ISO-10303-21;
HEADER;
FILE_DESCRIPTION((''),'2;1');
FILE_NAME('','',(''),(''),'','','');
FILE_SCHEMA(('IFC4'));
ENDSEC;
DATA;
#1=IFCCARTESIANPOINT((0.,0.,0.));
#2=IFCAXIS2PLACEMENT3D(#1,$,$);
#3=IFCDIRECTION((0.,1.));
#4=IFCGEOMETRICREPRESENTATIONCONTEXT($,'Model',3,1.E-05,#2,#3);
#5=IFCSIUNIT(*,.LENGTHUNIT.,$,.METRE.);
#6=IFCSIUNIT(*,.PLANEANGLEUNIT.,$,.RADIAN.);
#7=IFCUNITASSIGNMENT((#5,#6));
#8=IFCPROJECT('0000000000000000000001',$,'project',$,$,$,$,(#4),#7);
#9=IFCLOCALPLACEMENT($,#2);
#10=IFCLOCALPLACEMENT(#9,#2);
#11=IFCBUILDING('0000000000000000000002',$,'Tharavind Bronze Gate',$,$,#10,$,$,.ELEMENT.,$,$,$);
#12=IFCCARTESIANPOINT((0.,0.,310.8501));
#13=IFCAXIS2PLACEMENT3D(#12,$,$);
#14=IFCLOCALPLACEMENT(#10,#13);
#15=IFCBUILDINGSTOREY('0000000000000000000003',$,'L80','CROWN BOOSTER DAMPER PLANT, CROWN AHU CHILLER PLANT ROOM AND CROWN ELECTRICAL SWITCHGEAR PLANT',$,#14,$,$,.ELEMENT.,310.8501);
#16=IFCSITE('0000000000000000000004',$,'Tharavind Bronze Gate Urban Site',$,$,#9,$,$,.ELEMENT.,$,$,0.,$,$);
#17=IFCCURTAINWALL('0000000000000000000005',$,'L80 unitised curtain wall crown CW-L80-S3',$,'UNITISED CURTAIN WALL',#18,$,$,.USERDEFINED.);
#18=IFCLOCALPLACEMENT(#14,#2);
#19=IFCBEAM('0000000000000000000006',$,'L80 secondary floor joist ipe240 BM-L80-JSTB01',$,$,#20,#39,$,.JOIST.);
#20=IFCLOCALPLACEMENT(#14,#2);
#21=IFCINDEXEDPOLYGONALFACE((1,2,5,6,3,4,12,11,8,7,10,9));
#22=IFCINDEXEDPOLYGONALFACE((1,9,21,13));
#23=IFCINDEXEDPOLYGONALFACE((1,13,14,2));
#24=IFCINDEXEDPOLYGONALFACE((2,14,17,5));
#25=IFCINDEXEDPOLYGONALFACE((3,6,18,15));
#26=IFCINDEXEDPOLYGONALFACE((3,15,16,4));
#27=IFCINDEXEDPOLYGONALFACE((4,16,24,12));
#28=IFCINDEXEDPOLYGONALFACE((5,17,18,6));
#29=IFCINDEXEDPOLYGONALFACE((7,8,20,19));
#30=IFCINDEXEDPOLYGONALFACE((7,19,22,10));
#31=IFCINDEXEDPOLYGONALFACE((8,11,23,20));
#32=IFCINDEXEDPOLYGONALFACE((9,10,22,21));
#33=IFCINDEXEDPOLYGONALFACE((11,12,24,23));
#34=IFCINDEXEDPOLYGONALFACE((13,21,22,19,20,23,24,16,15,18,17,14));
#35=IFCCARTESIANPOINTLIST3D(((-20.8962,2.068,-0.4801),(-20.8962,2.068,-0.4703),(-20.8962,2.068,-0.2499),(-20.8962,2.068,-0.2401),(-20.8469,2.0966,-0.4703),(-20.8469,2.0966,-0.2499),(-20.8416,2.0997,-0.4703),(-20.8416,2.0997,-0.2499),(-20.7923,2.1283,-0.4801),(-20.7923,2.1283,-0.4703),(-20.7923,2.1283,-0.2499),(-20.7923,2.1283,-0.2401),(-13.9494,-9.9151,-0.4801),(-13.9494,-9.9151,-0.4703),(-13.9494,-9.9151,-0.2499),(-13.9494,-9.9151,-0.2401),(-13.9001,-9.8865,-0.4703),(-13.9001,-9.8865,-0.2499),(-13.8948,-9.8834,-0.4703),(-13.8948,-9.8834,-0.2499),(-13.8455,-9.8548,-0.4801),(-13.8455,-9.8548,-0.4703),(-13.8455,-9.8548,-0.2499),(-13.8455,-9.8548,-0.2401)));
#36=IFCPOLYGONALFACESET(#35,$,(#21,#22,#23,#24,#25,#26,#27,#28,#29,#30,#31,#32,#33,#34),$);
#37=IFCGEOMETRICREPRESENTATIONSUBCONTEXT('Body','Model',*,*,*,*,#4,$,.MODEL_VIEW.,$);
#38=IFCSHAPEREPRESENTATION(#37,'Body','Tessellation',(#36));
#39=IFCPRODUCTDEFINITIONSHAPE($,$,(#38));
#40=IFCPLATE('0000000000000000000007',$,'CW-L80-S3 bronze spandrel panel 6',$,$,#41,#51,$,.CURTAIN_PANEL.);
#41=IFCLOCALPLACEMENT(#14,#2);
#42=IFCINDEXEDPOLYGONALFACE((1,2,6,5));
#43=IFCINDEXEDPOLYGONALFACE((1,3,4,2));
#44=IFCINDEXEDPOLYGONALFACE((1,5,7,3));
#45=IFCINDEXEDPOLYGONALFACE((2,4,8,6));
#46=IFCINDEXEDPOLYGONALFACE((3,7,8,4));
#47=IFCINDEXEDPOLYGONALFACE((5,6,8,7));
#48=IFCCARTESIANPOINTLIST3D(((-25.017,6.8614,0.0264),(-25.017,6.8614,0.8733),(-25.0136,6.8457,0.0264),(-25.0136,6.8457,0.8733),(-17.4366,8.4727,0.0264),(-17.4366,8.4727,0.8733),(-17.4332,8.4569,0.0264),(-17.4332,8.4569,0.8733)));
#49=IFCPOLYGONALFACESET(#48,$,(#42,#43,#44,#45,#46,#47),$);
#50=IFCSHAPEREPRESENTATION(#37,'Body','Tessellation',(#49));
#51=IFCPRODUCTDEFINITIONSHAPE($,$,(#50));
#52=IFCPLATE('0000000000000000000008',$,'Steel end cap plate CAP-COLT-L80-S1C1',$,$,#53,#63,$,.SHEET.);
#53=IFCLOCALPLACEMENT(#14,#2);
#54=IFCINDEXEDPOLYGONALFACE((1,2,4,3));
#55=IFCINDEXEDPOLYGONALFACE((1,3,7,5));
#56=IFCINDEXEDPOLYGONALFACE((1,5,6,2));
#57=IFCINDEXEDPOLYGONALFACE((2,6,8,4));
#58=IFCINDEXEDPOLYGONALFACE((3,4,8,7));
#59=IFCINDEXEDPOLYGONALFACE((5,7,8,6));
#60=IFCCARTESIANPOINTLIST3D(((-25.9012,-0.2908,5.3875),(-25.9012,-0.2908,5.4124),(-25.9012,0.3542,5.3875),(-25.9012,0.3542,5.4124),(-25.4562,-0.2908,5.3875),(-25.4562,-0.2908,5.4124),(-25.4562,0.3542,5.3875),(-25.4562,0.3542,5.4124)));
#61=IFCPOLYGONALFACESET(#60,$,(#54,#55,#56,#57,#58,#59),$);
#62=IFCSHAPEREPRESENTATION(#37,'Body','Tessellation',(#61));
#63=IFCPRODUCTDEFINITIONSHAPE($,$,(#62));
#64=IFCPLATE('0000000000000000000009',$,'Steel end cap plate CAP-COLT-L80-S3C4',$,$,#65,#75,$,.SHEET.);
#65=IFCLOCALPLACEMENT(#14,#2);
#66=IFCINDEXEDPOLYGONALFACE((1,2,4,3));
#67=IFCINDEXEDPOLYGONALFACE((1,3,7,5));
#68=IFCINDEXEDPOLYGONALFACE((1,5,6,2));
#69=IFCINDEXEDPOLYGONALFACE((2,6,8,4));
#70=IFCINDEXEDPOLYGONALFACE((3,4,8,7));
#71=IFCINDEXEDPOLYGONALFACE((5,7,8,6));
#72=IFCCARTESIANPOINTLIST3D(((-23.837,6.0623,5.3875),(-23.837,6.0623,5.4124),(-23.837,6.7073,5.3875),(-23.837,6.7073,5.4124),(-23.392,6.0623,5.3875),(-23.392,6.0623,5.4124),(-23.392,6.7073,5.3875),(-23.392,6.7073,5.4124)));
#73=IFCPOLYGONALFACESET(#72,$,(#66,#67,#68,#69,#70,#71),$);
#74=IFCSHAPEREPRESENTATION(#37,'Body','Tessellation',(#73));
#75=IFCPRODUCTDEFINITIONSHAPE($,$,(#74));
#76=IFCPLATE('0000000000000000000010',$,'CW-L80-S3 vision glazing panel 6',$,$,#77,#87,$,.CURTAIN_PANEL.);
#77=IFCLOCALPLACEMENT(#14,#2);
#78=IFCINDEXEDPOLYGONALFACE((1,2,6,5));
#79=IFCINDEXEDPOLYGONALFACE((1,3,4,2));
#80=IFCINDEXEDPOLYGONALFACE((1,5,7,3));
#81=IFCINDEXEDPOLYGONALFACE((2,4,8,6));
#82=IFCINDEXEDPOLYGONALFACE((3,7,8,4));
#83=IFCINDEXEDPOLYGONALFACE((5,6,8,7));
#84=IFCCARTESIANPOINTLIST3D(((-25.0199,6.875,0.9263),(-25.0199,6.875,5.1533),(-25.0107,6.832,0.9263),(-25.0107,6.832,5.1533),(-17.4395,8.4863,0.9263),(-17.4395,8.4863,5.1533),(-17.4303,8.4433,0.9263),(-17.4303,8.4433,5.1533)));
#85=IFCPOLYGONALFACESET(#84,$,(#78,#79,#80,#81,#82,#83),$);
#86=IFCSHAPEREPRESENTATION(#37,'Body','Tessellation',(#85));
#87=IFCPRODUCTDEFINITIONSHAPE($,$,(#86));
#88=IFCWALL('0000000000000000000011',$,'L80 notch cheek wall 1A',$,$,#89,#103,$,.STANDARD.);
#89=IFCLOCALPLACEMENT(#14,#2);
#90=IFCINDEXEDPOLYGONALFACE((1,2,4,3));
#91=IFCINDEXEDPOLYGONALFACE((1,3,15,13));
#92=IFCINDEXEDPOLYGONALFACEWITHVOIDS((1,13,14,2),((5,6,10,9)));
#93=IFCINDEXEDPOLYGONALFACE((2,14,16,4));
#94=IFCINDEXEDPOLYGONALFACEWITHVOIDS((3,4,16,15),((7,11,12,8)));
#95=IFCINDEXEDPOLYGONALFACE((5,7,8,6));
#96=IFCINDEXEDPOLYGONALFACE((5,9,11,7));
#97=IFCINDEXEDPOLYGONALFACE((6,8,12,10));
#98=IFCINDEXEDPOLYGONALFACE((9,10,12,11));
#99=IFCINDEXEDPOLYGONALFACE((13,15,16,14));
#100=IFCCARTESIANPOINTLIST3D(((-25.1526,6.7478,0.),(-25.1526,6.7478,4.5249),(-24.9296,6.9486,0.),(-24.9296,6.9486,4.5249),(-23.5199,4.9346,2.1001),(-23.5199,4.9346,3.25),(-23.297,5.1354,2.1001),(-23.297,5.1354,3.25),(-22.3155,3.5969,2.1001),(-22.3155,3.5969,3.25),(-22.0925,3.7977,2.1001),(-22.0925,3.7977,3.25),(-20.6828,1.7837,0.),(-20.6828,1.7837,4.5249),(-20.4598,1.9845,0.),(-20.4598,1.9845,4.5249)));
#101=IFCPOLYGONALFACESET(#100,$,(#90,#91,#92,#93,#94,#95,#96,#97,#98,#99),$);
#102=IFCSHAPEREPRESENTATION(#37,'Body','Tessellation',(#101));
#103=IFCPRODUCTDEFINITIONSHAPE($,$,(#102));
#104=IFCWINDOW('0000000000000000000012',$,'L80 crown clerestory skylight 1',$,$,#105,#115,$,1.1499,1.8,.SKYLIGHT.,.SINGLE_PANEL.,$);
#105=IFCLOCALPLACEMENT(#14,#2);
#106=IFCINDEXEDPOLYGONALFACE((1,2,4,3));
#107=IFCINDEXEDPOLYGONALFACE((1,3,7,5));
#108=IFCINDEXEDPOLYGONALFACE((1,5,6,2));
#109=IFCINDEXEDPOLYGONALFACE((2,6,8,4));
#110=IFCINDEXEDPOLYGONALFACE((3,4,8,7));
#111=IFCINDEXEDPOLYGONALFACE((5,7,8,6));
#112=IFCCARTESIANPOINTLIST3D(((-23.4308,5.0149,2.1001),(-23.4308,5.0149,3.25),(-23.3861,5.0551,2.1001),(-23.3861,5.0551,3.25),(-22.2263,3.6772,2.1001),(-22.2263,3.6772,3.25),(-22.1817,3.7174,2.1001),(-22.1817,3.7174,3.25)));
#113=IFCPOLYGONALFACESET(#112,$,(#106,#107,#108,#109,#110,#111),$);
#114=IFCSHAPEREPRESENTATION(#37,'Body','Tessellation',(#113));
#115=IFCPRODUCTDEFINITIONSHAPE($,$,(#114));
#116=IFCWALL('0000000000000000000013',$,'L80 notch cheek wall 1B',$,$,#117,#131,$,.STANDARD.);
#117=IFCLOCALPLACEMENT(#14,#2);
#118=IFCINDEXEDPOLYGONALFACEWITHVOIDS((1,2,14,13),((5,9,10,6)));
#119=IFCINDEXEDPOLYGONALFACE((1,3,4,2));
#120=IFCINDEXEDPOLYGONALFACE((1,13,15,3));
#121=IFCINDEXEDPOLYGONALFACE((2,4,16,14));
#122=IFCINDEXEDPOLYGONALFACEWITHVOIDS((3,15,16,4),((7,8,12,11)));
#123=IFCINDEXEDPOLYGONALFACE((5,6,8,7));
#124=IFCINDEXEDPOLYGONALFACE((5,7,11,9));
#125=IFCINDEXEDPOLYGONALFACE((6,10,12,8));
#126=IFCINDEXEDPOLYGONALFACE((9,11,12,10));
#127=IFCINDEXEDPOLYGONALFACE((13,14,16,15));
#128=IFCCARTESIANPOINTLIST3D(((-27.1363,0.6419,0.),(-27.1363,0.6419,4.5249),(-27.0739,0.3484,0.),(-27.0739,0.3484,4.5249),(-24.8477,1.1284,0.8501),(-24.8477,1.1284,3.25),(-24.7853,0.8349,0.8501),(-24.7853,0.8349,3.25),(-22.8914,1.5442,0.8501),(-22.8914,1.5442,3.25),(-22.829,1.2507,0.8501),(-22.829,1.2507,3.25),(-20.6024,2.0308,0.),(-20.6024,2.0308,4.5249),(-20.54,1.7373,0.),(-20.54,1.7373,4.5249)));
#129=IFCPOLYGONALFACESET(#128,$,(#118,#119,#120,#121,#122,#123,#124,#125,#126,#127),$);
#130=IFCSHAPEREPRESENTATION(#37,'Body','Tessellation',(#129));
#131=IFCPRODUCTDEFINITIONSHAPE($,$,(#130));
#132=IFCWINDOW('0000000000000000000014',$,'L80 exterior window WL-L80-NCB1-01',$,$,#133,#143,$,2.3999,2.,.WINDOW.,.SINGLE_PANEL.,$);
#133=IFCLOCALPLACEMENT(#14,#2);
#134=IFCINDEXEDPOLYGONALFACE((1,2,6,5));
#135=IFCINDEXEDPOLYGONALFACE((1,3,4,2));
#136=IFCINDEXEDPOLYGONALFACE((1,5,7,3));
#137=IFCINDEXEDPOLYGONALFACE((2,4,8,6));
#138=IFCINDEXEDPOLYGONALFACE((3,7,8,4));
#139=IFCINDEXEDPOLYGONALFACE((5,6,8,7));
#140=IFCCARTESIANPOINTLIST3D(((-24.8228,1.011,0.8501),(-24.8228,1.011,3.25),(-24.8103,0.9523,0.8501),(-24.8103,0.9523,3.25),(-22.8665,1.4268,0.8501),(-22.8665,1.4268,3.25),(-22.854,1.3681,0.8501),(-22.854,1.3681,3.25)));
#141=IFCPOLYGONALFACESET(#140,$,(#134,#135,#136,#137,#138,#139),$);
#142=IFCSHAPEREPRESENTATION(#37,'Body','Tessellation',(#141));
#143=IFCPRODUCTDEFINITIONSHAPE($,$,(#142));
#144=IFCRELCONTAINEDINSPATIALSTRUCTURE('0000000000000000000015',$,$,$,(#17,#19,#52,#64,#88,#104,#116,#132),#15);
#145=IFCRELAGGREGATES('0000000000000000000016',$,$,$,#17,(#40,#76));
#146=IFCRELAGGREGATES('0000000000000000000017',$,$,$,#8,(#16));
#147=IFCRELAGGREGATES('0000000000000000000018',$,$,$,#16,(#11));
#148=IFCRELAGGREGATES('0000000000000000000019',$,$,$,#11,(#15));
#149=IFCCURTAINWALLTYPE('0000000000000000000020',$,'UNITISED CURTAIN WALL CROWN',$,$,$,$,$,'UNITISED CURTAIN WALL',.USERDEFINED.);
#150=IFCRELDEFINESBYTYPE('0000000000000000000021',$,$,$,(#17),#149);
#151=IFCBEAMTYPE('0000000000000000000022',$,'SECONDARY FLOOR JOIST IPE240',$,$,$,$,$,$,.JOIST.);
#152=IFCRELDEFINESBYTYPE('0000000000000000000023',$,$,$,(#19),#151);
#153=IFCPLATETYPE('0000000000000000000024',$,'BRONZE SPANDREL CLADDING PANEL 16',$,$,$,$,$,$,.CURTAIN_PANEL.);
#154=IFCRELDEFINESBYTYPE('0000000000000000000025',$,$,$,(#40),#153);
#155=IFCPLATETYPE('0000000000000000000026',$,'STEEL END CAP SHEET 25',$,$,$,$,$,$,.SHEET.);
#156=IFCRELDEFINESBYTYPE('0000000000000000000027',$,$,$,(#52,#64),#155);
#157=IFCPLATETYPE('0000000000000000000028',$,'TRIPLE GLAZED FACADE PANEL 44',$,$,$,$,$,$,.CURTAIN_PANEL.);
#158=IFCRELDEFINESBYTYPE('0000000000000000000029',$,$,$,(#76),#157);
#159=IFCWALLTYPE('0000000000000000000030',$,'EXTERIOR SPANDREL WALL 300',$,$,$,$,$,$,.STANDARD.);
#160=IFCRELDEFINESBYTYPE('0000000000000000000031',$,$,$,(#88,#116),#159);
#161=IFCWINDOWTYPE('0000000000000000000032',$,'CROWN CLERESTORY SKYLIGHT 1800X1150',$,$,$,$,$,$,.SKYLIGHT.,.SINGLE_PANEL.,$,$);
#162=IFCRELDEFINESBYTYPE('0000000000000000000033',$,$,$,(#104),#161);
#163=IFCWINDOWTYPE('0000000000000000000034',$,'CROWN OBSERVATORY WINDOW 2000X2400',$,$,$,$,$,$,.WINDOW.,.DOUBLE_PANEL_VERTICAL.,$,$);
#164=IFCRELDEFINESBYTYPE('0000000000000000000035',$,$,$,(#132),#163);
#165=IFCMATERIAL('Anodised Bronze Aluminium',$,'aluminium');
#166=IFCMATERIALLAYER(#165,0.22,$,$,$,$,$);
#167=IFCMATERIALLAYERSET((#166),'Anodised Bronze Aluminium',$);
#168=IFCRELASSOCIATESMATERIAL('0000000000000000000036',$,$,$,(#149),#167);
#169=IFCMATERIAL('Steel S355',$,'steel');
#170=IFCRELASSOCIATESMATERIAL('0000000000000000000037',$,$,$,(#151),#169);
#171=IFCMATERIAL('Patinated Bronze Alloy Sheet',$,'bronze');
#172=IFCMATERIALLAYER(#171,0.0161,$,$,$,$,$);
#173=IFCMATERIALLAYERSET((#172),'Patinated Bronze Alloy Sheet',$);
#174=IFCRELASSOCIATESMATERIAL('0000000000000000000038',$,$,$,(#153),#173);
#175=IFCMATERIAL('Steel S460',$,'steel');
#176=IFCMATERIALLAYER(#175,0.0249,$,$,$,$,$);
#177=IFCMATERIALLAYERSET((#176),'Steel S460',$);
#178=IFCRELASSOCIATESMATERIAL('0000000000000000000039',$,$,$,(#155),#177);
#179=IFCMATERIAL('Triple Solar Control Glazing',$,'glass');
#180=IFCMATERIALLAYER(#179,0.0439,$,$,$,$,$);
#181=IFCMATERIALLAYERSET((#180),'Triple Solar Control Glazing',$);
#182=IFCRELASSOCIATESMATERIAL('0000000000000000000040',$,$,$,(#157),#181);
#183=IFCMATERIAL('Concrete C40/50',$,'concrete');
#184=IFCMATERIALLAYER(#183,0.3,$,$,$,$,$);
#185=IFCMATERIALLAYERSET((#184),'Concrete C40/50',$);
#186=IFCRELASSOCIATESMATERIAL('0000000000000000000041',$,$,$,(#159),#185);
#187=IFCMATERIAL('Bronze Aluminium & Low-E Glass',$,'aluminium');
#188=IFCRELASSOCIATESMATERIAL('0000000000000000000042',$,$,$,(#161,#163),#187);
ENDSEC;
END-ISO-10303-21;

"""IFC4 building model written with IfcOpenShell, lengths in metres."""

from ifc_helpers import new_model, si_unit, direction, frame, frame_2d, origin, origin_2d, place, context, subcontext, project, spatial, rectangle, i_section, extrude, material, layer, layer_set, material_profile, profile_set, type_object, element, fill, aggregate, save


model = new_model("IFC4")

# Units and contexts
model_context = context("Model", 3, precision=1e-05, world=origin(), true_north=direction((0.0, 1.0)))
body_context = subcontext(model_context, "Body", "Model", "MODEL_VIEW")
ifc_project = project(units=[si_unit("LENGTHUNIT", "METRE"), si_unit("PLANEANGLEUNIT", "RADIAN")], contexts=[model_context])

# Site, building, storey
site_placement = place(None, origin())
site = spatial("IfcSite", under=ifc_project, at=site_placement, Name="Tharavind Bronze Gate Urban Site", CompositionType="ELEMENT", RefElevation=0.0)
building_placement = place(site_placement, origin())
building = spatial("IfcBuilding", under=site, at=building_placement, Name="Tharavind Bronze Gate", CompositionType="ELEMENT")
storey_placement = place(building_placement, frame((0.0, 0.0, 310.8501)))
storey = spatial("IfcBuildingStorey", under=building, at=storey_placement, Name="L80", Description="CROWN BOOSTER DAMPER PLANT, CROWN AHU CHILLER PLANT ROOM AND CROWN ELECTRICAL SWITCHGEAR PLANT", CompositionType="ELEMENT", Elevation=310.8501)

# Shared definitions
ifc_material_1 = material(Name="Steel S460", Category="steel")

# Shared definitions
ifc_material_2 = material(Name="Anodised Bronze Aluminium", Category="aluminium")
ifc_layer_1 = layer(ifc_material_2, 0.22)
ifc_layer_set_1 = layer_set([ifc_layer_1], Name="Anodised Bronze Aluminium")
curtain_wall_type = type_object("IfcCurtainWallType", Name="UNITISED CURTAIN WALL CROWN", ElementType="UNITISED CURTAIN WALL", PredefinedType="USERDEFINED", material=ifc_layer_set_1)

# Curtain wall
curtain_wall_1_placement = place(storey_placement, origin())
curtain_wall_1 = element("IfcCurtainWall", 1, at=curtain_wall_1_placement, inside=storey, type_object=curtain_wall_type, Name="L80 unitised curtain wall crown CW-L80-S3", ObjectType="UNITISED CURTAIN WALL", PredefinedType="USERDEFINED")

# Beam
ifc_material_3 = material(Name="Steel S355", Category="steel")
ifc_material_profile_1 = material_profile(ifc_material_3, i_section(OverallWidth=0.1201, OverallDepth=0.24, WebThickness=0.0061, FlangeThickness=0.0098, at=origin_2d()), Name="IPE240")
ifc_profile_set_1 = profile_set([ifc_material_profile_1], Name="Steel S355")
beam_type_1 = type_object("IfcBeamType", Name="SECONDARY FLOOR JOIST IPE240", PredefinedType="JOIST", material=ifc_profile_set_1)
beam_1_placement = place(storey_placement, frame((-20.8442, 2.0981, -0.3601), z_axis=(0.501532, -0.865139, 0.0), x_axis=(0.865139, 0.501532, 0.0)))
element("IfcBeam", 2, at=beam_1_placement, inside=storey, type_object=beam_type_1, Name="L80 secondary floor joist ipe240 BM-L80-JSTB01", PredefinedType="JOIST", context=body_context, shape_type="SweptSolid", body=[
    extrude(i_section(OverallWidth=0.1201, OverallDepth=0.24, WebThickness=0.0061, FlangeThickness=0.0098, at=origin_2d()), origin(), (0.0, 0.0, 1.0), 13.8511),
])

# Plate
ifc_material_4 = material(Name="Patinated Bronze Alloy Sheet", Category="bronze")
ifc_layer_2 = layer(ifc_material_4, 0.0161)
ifc_layer_set_2 = layer_set([ifc_layer_2], Name="Patinated Bronze Alloy Sheet")
plate_type_1 = type_object("IfcPlateType", Name="BRONZE SPANDREL CLADDING PANEL 16", PredefinedType="CURTAIN_PANEL", material=ifc_layer_set_2)
plate_1_placement = place(storey_placement, frame((-21.2251, 7.6592, 0.0264), z_axis=(0.0, 0.0, 1.0), x_axis=(-0.978147, -0.207913, 0.0)))
plate_1 = element("IfcPlate", 3, at=plate_1_placement, type_object=plate_type_1, Name="CW-L80-S3 bronze spandrel panel 6", PredefinedType="CURTAIN_PANEL", context=body_context, shape_type="SweptSolid", body=[
    extrude(rectangle(XDim=7.7498, YDim=0.0161, at=origin_2d()), origin(), (0.0, 0.0, 1.0), 0.8469),
])

# Plates
ifc_layer_3 = layer(ifc_material_1, 0.0249)
ifc_layer_set_3 = layer_set([ifc_layer_3], Name="Steel S460")
plate_type_2 = type_object("IfcPlateType", Name="STEEL END CAP SHEET 25", PredefinedType="SHEET", material=ifc_layer_set_3)
for number, where, z_axis, x_axis, name in (
    (4, (-25.6787, 0.0317, 5.3875), (0.0, 0.0, 1.0), (1.0, 0.0, 0.0), "Steel end cap plate CAP-COLT-L80-S1C1"),
    (5, (-23.6145, 6.3848, 5.3875), (0.0, 0.0, 1.0), (1.0, 0.0, 0.0), "Steel end cap plate CAP-COLT-L80-S3C4"),
):
    element("IfcPlate", number, at=place(storey_placement, frame(where, z_axis=z_axis, x_axis=x_axis)), inside=storey, type_object=plate_type_2, Name=name, PredefinedType="SHEET", context=body_context, shape_type="SweptSolid", body=[
        extrude(rectangle(XDim=0.4451, YDim=0.645, at=origin_2d()), origin(), (0.0, 0.0, 1.0), 0.0249),
    ])

# Plate
ifc_material_5 = material(Name="Triple Solar Control Glazing", Category="glass")
ifc_layer_4 = layer(ifc_material_5, 0.0439)
ifc_layer_set_4 = layer_set([ifc_layer_4], Name="Triple Solar Control Glazing")
plate_type_3 = type_object("IfcPlateType", Name="TRIPLE GLAZED FACADE PANEL 44", PredefinedType="CURTAIN_PANEL", material=ifc_layer_set_4)
plate_2_placement = place(storey_placement, frame((-21.2251, 7.6592, 0.9263), z_axis=(0.0, 0.0, 1.0), x_axis=(-0.978147, -0.207913, 0.0)))
plate_2 = element("IfcPlate", 6, at=plate_2_placement, type_object=plate_type_3, Name="CW-L80-S3 vision glazing panel 6", PredefinedType="CURTAIN_PANEL", context=body_context, shape_type="SweptSolid", body=[
    extrude(rectangle(XDim=7.7498, YDim=0.0439, at=origin_2d()), origin(), (0.0, 0.0, 1.0), 4.2271),
])
aggregate(curtain_wall_1, [plate_1, plate_2])

# Walls, openings, windows
ifc_material_6 = material(Name="Concrete C40/50", Category="concrete")
ifc_layer_5 = layer(ifc_material_6, 0.3)
ifc_layer_set_5 = layer_set([ifc_layer_5], Name="Concrete C40/50")
wall_type = type_object("IfcWallType", Name="EXTERIOR SPANDREL WALL 300", PredefinedType="STANDARD", material=ifc_layer_set_5)
wall_1_placement = place(storey_placement, frame((-25.041, 6.8481, 0.0), z_axis=(0.0, 0.0, 1.0), x_axis=(0.669132, -0.743143, 0.0)))
wall_1 = element("IfcWall", 7, at=wall_1_placement, inside=storey, type_object=wall_type, Name="L80 notch cheek wall 1A", PredefinedType="STANDARD", context=body_context, shape_type="SweptSolid", body=[
    extrude(rectangle(XDim=6.6799, YDim=0.3, at=frame_2d((3.3398, 0.0))), origin(), (0.0, 0.0, 1.0), 4.5249),
])
opening_1_placement = place(wall_1_placement, frame((2.4399, 0.0, 2.1001)))
opening_1 = element("IfcOpeningElement", 8, at=opening_1_placement, cuts=wall_1, PredefinedType="OPENING", context=body_context, shape_type="SweptSolid", body=[
    extrude(rectangle(XDim=1.8, YDim=1.1499, at=frame_2d((0.8999, 0.575))), frame((0.0, 0.1599, 0.0), z_axis=(0.0, -1.0, 0.0), x_axis=(1.0, 0.0, 0.0)), (0.0, 0.0, 1.0), 0.32),
])
ifc_material_7 = material(Name="Bronze Aluminium & Low-E Glass", Category="aluminium")
window_type_1 = type_object("IfcWindowType", Name="CROWN CLERESTORY SKYLIGHT 1800X1150", PartitioningType="SINGLE_PANEL", PredefinedType="SKYLIGHT", material=ifc_material_7)
window_1_placement = place(opening_1_placement, origin())
window_1 = element("IfcWindow", 9, at=window_1_placement, inside=storey, type_object=window_type_1, Name="L80 crown clerestory skylight 1", OverallHeight=1.1499, OverallWidth=1.8, PartitioningType="SINGLE_PANEL", PredefinedType="SKYLIGHT", context=body_context, shape_type="SweptSolid", body=[
    extrude(rectangle(XDim=1.8, YDim=1.1499, at=frame_2d((0.8999, 0.575))), frame((0.0, 0.03, 0.0), z_axis=(0.0, -1.0, 0.0), x_axis=(1.0, 0.0, 0.0)), (0.0, 0.0, 1.0), 0.0601),
])
fill(opening_1, window_1)
wall_2_placement = place(storey_placement, frame((-20.5713, 1.884, 0.0), z_axis=(0.0, 0.0, 1.0), x_axis=(-0.978145, -0.207924, 0.0)))
wall_2 = element("IfcWall", 10, at=wall_2_placement, inside=storey, type_object=wall_type, Name="L80 notch cheek wall 1B", PredefinedType="STANDARD", context=body_context, shape_type="SweptSolid", body=[
    extrude(rectangle(XDim=6.6799, YDim=0.3, at=frame_2d((3.3398, 0.0))), origin(), (0.0, 0.0, 1.0), 4.5249),
])
opening_2_placement = place(wall_2_placement, frame((2.3401, 0.0, 0.8501)))
opening_2 = element("IfcOpeningElement", 11, at=opening_2_placement, cuts=wall_2, PredefinedType="OPENING", context=body_context, shape_type="SweptSolid", body=[
    extrude(rectangle(XDim=2.0, YDim=2.3999, at=frame_2d((1.0, 1.2))), frame((0.0, 0.1599, 0.0), z_axis=(0.0, -1.0, 0.0), x_axis=(1.0, 0.0, 0.0)), (0.0, 0.0, 1.0), 0.32),
])
window_type_2 = type_object("IfcWindowType", Name="CROWN OBSERVATORY WINDOW 2000X2400", PartitioningType="DOUBLE_PANEL_VERTICAL", PredefinedType="WINDOW", material=ifc_material_7)
window_2_placement = place(opening_2_placement, origin())
window_2 = element("IfcWindow", 12, at=window_2_placement, inside=storey, type_object=window_type_2, Name="L80 exterior window WL-L80-NCB1-01", OverallHeight=2.3999, OverallWidth=2.0, PartitioningType="SINGLE_PANEL", PredefinedType="WINDOW", context=body_context, shape_type="SweptSolid", body=[
    extrude(rectangle(XDim=2.0, YDim=2.3999, at=frame_2d((1.0, 1.2))), frame((0.0, 0.03, 0.0), z_axis=(0.0, -1.0, 0.0), x_axis=(1.0, 0.0, 0.0)), (0.0, 0.0, 1.0), 0.0601),
])
fill(opening_2, window_2)

save(model, "model.ifc")
